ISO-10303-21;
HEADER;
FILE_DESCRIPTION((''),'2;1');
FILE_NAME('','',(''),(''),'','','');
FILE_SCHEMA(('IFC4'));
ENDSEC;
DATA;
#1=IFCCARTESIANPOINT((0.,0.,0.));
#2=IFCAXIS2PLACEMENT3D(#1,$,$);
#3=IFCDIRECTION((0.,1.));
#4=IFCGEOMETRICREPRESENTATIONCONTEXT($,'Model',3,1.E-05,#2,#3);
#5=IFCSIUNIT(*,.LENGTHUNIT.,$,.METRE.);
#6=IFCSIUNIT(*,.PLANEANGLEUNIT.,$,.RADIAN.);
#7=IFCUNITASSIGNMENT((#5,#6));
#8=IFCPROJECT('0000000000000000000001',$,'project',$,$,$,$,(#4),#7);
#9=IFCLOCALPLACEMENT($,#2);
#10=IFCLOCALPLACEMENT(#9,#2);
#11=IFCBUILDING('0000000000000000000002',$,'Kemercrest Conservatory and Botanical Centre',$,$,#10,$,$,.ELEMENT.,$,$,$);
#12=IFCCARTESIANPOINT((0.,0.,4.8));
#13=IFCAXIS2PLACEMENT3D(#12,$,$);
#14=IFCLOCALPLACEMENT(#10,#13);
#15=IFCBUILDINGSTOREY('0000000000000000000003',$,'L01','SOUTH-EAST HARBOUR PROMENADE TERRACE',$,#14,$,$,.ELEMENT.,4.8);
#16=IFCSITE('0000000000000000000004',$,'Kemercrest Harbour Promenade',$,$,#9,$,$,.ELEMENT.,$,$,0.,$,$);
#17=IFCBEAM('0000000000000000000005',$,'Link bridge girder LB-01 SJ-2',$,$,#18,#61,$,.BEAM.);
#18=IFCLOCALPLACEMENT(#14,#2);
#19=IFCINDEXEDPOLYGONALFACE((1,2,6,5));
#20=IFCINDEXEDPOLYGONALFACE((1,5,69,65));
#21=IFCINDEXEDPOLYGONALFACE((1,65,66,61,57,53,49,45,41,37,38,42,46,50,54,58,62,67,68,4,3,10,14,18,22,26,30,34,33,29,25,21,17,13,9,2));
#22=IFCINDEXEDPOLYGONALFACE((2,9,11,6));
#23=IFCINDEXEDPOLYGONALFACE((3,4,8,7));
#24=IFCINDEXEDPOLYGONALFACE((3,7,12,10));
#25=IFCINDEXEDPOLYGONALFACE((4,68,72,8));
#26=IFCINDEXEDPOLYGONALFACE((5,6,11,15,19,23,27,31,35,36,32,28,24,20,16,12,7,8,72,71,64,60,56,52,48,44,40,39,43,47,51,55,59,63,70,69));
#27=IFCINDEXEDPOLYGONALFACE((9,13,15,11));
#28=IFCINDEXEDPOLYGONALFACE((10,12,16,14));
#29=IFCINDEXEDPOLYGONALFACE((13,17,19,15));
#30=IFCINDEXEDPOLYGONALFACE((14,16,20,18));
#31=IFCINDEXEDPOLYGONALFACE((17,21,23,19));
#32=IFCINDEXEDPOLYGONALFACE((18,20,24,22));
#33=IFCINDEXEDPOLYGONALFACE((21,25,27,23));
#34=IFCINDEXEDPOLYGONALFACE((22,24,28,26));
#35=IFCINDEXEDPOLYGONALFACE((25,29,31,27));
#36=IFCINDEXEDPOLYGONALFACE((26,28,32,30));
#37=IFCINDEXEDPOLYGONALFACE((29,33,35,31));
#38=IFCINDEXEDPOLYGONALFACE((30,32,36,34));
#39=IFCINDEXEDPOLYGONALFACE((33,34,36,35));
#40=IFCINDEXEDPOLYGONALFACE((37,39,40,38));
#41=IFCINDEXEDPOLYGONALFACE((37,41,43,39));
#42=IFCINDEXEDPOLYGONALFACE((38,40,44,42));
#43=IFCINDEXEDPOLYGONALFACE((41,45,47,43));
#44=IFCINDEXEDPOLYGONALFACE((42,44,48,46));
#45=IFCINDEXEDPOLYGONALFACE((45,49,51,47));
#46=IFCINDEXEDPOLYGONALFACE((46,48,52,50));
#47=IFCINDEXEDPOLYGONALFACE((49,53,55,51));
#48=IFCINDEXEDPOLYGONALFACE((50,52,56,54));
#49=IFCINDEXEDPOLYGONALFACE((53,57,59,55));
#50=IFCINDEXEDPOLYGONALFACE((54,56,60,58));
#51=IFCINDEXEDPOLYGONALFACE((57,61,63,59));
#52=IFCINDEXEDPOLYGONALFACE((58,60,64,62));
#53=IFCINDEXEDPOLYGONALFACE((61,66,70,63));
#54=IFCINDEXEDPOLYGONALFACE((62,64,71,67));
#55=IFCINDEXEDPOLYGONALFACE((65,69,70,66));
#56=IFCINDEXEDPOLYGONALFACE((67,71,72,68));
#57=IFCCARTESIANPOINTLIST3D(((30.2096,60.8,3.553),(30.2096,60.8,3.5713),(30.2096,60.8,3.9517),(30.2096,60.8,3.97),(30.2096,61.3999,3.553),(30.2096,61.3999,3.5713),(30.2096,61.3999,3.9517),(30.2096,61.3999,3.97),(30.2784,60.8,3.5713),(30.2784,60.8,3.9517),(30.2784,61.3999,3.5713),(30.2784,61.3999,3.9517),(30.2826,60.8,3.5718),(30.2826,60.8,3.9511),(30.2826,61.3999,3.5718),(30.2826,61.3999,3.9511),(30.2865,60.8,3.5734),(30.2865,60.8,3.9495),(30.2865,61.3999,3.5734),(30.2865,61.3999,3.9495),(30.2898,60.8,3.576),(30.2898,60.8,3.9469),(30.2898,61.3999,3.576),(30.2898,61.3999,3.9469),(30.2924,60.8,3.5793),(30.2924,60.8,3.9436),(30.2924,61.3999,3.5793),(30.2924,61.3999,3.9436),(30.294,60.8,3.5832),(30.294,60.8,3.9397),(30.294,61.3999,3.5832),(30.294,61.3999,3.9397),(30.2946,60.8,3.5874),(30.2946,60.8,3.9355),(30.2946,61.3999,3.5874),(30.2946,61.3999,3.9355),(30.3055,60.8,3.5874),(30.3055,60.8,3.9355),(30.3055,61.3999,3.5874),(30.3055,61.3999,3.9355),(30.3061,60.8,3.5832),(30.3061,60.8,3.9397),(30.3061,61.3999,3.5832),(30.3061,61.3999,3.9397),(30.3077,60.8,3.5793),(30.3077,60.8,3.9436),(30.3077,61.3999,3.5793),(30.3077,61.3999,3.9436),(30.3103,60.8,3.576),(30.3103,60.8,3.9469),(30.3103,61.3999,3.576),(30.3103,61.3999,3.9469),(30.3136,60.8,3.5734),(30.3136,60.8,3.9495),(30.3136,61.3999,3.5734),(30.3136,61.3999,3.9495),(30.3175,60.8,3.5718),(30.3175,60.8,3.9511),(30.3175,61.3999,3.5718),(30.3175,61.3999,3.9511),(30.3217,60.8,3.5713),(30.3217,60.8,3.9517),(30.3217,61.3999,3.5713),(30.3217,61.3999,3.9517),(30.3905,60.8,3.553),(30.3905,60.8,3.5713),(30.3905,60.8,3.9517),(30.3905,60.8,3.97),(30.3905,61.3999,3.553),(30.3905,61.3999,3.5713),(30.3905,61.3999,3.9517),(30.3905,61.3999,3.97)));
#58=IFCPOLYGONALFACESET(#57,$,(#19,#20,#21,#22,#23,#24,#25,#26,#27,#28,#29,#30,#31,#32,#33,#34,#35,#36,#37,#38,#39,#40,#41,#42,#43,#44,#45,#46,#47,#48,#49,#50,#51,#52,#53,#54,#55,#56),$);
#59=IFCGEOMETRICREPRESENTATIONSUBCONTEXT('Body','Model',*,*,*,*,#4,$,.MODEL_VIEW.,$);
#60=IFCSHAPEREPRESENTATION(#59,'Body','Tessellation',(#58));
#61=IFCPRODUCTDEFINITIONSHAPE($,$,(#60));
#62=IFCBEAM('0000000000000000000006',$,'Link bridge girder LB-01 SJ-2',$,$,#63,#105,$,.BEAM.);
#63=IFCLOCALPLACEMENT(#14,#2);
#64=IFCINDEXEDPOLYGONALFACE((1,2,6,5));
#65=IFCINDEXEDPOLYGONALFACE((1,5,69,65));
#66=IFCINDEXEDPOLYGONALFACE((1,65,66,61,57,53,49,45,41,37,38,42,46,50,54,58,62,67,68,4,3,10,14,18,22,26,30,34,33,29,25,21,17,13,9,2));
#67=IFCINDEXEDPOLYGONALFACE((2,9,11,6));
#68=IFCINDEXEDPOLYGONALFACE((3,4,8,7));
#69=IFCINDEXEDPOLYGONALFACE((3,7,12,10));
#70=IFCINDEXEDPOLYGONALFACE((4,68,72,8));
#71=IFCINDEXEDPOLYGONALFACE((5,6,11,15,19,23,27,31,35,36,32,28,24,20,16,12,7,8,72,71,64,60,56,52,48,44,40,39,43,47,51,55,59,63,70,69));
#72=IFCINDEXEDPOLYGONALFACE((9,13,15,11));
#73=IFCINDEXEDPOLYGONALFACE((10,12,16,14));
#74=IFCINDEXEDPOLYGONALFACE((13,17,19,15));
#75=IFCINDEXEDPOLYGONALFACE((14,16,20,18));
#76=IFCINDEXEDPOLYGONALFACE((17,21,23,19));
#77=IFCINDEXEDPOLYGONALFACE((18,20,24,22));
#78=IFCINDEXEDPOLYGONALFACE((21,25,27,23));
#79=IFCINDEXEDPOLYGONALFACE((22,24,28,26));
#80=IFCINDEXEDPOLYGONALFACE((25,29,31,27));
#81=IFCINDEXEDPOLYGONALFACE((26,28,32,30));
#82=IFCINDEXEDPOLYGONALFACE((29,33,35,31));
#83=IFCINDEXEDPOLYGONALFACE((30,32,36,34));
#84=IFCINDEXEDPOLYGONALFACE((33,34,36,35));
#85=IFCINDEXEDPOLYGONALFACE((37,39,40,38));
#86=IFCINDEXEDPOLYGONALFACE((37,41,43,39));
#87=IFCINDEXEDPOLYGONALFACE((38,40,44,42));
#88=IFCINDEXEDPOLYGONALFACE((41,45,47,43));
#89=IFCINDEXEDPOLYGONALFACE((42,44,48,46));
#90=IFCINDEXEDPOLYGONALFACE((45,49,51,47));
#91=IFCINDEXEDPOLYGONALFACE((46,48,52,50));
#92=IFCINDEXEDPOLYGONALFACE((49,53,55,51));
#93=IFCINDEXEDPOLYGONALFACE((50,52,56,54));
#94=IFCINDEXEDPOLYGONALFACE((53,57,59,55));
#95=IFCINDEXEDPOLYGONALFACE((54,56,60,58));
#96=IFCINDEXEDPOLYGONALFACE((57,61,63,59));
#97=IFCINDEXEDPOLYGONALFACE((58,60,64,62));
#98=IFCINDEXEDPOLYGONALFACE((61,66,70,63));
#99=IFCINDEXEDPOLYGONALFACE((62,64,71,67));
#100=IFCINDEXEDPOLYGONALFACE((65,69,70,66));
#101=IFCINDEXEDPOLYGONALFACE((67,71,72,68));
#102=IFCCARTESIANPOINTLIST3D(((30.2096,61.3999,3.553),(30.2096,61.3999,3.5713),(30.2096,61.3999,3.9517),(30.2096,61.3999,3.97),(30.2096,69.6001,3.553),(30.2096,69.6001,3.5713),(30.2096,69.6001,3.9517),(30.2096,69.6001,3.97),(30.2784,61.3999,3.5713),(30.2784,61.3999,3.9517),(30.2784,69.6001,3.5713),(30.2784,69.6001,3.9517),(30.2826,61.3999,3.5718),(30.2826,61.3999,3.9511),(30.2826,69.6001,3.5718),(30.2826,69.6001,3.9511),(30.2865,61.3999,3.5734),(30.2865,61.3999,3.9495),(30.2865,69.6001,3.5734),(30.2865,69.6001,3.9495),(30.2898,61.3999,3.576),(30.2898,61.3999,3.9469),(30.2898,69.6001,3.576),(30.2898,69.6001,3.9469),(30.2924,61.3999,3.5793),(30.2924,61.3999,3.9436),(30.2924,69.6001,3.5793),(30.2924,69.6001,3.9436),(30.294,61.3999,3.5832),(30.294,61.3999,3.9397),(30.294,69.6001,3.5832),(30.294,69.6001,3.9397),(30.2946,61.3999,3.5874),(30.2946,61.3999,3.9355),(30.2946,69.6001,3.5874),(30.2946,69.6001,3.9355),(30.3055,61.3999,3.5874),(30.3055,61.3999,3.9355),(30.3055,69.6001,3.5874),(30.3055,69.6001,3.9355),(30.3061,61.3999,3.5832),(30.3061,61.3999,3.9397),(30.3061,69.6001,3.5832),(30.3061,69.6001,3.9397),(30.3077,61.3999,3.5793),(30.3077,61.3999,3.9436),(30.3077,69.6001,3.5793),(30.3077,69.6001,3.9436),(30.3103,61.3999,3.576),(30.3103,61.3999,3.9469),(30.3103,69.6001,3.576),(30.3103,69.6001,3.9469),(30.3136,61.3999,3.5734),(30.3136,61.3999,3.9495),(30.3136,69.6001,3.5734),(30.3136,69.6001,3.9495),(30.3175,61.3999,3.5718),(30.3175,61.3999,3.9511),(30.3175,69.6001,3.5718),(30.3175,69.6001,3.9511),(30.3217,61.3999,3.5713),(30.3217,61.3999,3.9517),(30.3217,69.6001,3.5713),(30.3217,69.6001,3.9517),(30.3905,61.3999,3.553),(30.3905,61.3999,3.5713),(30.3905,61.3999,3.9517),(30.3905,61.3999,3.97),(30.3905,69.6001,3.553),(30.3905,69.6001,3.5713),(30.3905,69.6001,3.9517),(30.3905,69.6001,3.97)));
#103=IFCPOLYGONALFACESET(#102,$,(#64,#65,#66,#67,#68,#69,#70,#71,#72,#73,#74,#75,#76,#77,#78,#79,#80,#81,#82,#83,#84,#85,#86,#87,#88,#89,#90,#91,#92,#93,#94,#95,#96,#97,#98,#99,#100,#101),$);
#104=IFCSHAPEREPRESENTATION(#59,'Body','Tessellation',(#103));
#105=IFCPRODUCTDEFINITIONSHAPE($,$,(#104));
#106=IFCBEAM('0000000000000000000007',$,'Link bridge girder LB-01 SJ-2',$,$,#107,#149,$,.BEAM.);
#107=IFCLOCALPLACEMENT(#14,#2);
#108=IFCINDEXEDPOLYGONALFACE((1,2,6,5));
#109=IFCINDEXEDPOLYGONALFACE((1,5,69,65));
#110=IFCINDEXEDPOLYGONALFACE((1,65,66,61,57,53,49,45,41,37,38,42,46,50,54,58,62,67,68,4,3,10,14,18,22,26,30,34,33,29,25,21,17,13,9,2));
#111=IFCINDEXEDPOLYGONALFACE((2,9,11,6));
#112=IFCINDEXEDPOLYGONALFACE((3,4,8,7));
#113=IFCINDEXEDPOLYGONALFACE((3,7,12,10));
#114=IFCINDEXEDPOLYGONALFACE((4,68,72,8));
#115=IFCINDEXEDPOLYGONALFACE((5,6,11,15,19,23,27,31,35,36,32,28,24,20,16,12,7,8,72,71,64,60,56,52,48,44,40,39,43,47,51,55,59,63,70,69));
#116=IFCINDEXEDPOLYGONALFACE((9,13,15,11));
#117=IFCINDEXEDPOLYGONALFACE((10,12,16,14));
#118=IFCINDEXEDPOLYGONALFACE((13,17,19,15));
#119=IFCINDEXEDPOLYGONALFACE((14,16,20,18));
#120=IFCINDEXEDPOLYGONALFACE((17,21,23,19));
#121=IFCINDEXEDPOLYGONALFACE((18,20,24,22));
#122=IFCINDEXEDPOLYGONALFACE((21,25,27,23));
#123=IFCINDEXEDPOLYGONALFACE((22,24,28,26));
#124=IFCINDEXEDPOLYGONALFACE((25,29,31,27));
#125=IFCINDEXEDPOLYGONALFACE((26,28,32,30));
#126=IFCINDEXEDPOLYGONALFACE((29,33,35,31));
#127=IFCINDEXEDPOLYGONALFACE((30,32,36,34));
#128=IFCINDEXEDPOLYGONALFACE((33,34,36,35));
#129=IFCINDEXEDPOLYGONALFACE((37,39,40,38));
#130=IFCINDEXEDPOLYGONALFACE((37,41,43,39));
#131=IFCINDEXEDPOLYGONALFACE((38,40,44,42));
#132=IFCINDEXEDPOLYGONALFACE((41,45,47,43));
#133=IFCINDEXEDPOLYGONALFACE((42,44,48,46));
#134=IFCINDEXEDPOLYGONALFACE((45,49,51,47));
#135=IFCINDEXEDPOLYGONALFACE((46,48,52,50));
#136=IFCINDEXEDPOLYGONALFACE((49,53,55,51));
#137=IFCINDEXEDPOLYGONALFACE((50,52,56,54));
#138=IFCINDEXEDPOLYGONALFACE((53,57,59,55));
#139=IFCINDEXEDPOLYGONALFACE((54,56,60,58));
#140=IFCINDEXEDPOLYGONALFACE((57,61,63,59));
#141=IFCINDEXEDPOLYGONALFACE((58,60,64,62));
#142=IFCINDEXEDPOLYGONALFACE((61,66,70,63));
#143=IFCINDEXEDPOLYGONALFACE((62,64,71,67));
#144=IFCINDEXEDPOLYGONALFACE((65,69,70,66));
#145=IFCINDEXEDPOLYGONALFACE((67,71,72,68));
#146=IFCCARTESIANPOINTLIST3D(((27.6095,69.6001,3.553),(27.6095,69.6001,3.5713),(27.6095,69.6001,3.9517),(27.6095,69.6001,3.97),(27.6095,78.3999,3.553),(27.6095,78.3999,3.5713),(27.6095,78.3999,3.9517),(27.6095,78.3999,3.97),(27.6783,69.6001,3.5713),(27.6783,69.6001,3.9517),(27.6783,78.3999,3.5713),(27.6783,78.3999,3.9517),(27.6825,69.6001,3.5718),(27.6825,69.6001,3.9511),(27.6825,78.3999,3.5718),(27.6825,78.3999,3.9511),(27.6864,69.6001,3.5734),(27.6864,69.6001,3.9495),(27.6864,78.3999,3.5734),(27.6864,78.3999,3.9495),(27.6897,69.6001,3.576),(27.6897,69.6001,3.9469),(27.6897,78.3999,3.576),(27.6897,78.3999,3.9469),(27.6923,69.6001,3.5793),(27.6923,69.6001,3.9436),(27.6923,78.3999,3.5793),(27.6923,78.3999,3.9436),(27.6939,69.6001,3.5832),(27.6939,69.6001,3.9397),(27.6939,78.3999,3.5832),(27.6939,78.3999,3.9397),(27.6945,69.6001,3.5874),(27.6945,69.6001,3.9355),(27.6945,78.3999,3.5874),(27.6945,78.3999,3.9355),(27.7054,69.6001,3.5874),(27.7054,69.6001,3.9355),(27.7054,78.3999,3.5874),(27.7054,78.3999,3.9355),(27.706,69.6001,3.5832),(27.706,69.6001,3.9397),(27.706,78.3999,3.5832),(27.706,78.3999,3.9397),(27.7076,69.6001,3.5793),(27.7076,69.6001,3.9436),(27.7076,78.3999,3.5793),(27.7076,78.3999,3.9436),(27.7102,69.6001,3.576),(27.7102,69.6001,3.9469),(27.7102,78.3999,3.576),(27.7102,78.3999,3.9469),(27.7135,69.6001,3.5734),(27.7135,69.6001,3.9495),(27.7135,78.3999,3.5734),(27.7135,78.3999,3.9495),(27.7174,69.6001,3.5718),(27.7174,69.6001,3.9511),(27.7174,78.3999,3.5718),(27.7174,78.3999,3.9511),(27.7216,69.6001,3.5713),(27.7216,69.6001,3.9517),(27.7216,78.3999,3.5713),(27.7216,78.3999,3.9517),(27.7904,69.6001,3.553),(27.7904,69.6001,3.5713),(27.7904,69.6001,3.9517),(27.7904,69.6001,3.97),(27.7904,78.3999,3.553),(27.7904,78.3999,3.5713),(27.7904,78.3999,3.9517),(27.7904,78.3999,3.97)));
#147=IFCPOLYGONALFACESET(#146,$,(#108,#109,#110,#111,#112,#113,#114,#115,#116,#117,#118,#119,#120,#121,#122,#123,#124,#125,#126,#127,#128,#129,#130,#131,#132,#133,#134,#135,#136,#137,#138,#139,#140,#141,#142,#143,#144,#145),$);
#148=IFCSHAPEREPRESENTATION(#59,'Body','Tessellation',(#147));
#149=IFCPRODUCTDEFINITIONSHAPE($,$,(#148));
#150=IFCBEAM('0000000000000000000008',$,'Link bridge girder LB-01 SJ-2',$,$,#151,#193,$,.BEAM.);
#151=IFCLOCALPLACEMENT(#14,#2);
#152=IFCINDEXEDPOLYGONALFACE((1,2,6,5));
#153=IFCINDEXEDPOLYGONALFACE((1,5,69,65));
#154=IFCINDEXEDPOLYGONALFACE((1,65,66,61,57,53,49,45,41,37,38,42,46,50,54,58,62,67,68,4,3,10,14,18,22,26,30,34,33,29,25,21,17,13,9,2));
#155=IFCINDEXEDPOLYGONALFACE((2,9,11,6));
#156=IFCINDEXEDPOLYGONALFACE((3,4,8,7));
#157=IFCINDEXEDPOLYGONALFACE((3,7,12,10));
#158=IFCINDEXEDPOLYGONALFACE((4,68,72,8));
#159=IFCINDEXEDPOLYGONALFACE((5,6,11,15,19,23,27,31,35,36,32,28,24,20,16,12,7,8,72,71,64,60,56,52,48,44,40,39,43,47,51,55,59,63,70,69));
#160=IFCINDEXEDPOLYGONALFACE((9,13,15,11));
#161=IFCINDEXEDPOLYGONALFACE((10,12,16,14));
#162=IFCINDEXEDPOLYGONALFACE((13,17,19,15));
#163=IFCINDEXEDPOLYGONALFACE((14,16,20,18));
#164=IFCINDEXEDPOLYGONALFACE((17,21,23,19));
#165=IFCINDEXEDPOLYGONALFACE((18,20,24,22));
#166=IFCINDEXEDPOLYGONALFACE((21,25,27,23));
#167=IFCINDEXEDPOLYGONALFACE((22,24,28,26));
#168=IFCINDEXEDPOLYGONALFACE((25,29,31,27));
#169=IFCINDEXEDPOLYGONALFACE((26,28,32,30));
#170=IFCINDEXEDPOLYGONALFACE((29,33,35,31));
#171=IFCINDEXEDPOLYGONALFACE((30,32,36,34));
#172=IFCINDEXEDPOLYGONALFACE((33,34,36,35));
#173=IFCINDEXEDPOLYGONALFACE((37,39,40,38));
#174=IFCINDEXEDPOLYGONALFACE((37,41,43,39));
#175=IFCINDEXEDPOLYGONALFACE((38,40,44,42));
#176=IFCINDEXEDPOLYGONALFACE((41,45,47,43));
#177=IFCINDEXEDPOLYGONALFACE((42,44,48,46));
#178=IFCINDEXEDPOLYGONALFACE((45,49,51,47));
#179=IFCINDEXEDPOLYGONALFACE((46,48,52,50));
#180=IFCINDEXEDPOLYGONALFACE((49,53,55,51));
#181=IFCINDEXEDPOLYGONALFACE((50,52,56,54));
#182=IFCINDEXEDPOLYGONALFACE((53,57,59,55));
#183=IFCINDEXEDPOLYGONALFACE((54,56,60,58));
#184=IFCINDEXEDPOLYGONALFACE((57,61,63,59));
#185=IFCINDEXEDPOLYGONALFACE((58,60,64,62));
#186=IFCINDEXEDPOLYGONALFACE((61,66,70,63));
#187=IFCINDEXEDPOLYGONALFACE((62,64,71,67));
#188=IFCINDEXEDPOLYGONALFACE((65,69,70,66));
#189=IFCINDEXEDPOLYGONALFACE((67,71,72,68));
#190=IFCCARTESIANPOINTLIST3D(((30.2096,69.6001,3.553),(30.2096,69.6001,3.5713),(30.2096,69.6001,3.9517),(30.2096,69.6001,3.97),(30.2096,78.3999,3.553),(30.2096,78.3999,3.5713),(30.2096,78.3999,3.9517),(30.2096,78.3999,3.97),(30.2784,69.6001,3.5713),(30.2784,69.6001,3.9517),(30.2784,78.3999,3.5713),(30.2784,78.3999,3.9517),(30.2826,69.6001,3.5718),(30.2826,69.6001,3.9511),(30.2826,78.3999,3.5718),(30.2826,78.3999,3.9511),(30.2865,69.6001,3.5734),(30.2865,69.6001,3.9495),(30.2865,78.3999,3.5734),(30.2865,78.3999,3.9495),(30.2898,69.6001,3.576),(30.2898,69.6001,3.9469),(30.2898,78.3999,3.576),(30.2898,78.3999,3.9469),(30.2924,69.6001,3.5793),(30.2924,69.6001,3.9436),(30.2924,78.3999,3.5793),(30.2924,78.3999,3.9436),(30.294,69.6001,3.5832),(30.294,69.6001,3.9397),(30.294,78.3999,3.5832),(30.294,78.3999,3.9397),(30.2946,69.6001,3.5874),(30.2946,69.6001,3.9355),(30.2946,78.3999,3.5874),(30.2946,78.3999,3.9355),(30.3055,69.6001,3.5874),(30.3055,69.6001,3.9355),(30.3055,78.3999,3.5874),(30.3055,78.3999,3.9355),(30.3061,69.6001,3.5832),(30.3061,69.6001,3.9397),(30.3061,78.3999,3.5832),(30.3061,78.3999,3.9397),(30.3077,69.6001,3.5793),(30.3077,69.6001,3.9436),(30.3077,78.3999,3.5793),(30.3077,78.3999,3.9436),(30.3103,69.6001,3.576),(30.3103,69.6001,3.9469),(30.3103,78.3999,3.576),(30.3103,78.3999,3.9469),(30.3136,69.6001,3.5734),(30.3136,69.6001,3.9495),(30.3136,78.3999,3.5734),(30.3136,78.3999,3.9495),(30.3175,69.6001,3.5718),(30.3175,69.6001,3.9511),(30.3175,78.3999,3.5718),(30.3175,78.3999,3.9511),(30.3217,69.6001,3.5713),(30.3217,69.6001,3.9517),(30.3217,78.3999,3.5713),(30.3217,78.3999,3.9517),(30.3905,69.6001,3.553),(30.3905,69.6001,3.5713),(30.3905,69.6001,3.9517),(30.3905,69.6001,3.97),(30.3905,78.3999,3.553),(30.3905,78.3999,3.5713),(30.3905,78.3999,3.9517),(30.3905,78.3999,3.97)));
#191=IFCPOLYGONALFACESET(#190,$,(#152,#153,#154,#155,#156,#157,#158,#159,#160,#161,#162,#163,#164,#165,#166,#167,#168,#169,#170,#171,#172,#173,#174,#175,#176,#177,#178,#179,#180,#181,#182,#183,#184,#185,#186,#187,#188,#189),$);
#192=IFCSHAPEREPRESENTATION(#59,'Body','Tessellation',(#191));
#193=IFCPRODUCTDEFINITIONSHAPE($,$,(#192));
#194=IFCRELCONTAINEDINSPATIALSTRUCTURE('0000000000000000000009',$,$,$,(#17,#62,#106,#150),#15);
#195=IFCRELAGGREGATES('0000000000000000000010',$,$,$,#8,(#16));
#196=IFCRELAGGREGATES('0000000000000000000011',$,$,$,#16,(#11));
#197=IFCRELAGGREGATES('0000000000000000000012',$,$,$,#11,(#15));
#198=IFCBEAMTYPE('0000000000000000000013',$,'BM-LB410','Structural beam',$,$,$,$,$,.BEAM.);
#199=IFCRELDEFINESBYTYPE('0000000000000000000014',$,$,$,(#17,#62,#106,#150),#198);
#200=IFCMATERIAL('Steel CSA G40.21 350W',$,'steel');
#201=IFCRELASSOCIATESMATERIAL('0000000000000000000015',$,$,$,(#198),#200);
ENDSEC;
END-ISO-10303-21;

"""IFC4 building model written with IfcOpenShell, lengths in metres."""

from ifc_helpers import new_model, si_unit, direction, frame, origin, origin_2d, place, context, subcontext, project, spatial, i_section, extrude, material, material_profile, profile_set, type_object, element, save


model = new_model("IFC4")

# Units and contexts
model_context = context("Model", 3, precision=1e-05, world=origin(), true_north=direction((0.0, 1.0)))
body_context = subcontext(model_context, "Body", "Model", "MODEL_VIEW")
ifc_project = project(units=[si_unit("LENGTHUNIT", "METRE"), si_unit("PLANEANGLEUNIT", "RADIAN")], contexts=[model_context])

# Site, building, storey
site_placement = place(None, origin())
site = spatial("IfcSite", under=ifc_project, at=site_placement, Name="Kemercrest Harbour Promenade", CompositionType="ELEMENT", RefElevation=0.0)
building_placement = place(site_placement, origin())
building = spatial("IfcBuilding", under=site, at=building_placement, Name="Kemercrest Conservatory and Botanical Centre", CompositionType="ELEMENT")
storey_placement = place(building_placement, frame((0.0, 0.0, 4.8)))
storey = spatial("IfcBuildingStorey", under=building, at=storey_placement, Name="L01", Description="SOUTH-EAST HARBOUR PROMENADE TERRACE", CompositionType="ELEMENT", Elevation=4.8)

# Shared definitions
ifc_material_1 = material(Name="Steel CSA G40.21 350W", Category="steel")

# Beams
ifc_material_profile_1 = material_profile(ifc_material_1, i_section(OverallWidth=0.1809, OverallDepth=0.417, WebThickness=0.011, FlangeThickness=0.0183, FilletRadius=0.0161, at=origin_2d()), Name="W410X85")
ifc_profile_set_1 = profile_set([ifc_material_profile_1], Name="Steel CSA G40.21 350W")
beam_type_1 = type_object("IfcBeamType", Name="BM-LB410", Description="Structural beam", PredefinedType="BEAM", material=ifc_profile_set_1)
beam_1_placement = place(storey_placement, frame((30.3, 60.8, 3.7615), z_axis=(0.0, 1.0, 0.0), x_axis=(-1.0, 0.0, 0.0)))
element("IfcBeam", 1, at=beam_1_placement, inside=storey, type_object=beam_type_1, Name="Link bridge girder LB-01 SJ-2", PredefinedType="BEAM", context=body_context, shape_type="SweptSolid", body=[
    extrude(i_section(OverallWidth=0.1809, OverallDepth=0.417, WebThickness=0.011, FlangeThickness=0.0183, FilletRadius=0.0161, at=origin_2d()), origin(), (0.0, 0.0, 1.0), 0.5999),
])
beam_2_placement = place(storey_placement, frame((30.3, 61.3999, 3.7615), z_axis=(0.0, 1.0, 0.0), x_axis=(-1.0, 0.0, 0.0)))
element("IfcBeam", 2, at=beam_2_placement, inside=storey, type_object=beam_type_1, Name="Link bridge girder LB-01 SJ-2", PredefinedType="BEAM", context=body_context, shape_type="SweptSolid", body=[
    extrude(i_section(OverallWidth=0.1809, OverallDepth=0.417, WebThickness=0.011, FlangeThickness=0.0183, FilletRadius=0.0161, at=origin_2d()), origin(), (0.0, 0.0, 1.0), 8.2002),
])
for number, where, z_axis, x_axis, name in (
    (3, (27.7, 69.6001, 3.7615), (0.0, 1.0, 0.0), (-1.0, 0.0, 0.0), "Link bridge girder LB-01 SJ-2"),
    (4, (30.3, 69.6001, 3.7615), (0.0, 1.0, 0.0), (-1.0, 0.0, 0.0), "Link bridge girder LB-01 SJ-2"),
):
    element("IfcBeam", number, at=place(storey_placement, frame(where, z_axis=z_axis, x_axis=x_axis)), inside=storey, type_object=beam_type_1, Name=name, PredefinedType="BEAM", context=body_context, shape_type="SweptSolid", body=[
        extrude(i_section(OverallWidth=0.1809, OverallDepth=0.417, WebThickness=0.011, FlangeThickness=0.0183, FilletRadius=0.0161, at=origin_2d()), origin(), (0.0, 0.0, 1.0), 8.7998),
    ])

save(model, "model.ifc")
